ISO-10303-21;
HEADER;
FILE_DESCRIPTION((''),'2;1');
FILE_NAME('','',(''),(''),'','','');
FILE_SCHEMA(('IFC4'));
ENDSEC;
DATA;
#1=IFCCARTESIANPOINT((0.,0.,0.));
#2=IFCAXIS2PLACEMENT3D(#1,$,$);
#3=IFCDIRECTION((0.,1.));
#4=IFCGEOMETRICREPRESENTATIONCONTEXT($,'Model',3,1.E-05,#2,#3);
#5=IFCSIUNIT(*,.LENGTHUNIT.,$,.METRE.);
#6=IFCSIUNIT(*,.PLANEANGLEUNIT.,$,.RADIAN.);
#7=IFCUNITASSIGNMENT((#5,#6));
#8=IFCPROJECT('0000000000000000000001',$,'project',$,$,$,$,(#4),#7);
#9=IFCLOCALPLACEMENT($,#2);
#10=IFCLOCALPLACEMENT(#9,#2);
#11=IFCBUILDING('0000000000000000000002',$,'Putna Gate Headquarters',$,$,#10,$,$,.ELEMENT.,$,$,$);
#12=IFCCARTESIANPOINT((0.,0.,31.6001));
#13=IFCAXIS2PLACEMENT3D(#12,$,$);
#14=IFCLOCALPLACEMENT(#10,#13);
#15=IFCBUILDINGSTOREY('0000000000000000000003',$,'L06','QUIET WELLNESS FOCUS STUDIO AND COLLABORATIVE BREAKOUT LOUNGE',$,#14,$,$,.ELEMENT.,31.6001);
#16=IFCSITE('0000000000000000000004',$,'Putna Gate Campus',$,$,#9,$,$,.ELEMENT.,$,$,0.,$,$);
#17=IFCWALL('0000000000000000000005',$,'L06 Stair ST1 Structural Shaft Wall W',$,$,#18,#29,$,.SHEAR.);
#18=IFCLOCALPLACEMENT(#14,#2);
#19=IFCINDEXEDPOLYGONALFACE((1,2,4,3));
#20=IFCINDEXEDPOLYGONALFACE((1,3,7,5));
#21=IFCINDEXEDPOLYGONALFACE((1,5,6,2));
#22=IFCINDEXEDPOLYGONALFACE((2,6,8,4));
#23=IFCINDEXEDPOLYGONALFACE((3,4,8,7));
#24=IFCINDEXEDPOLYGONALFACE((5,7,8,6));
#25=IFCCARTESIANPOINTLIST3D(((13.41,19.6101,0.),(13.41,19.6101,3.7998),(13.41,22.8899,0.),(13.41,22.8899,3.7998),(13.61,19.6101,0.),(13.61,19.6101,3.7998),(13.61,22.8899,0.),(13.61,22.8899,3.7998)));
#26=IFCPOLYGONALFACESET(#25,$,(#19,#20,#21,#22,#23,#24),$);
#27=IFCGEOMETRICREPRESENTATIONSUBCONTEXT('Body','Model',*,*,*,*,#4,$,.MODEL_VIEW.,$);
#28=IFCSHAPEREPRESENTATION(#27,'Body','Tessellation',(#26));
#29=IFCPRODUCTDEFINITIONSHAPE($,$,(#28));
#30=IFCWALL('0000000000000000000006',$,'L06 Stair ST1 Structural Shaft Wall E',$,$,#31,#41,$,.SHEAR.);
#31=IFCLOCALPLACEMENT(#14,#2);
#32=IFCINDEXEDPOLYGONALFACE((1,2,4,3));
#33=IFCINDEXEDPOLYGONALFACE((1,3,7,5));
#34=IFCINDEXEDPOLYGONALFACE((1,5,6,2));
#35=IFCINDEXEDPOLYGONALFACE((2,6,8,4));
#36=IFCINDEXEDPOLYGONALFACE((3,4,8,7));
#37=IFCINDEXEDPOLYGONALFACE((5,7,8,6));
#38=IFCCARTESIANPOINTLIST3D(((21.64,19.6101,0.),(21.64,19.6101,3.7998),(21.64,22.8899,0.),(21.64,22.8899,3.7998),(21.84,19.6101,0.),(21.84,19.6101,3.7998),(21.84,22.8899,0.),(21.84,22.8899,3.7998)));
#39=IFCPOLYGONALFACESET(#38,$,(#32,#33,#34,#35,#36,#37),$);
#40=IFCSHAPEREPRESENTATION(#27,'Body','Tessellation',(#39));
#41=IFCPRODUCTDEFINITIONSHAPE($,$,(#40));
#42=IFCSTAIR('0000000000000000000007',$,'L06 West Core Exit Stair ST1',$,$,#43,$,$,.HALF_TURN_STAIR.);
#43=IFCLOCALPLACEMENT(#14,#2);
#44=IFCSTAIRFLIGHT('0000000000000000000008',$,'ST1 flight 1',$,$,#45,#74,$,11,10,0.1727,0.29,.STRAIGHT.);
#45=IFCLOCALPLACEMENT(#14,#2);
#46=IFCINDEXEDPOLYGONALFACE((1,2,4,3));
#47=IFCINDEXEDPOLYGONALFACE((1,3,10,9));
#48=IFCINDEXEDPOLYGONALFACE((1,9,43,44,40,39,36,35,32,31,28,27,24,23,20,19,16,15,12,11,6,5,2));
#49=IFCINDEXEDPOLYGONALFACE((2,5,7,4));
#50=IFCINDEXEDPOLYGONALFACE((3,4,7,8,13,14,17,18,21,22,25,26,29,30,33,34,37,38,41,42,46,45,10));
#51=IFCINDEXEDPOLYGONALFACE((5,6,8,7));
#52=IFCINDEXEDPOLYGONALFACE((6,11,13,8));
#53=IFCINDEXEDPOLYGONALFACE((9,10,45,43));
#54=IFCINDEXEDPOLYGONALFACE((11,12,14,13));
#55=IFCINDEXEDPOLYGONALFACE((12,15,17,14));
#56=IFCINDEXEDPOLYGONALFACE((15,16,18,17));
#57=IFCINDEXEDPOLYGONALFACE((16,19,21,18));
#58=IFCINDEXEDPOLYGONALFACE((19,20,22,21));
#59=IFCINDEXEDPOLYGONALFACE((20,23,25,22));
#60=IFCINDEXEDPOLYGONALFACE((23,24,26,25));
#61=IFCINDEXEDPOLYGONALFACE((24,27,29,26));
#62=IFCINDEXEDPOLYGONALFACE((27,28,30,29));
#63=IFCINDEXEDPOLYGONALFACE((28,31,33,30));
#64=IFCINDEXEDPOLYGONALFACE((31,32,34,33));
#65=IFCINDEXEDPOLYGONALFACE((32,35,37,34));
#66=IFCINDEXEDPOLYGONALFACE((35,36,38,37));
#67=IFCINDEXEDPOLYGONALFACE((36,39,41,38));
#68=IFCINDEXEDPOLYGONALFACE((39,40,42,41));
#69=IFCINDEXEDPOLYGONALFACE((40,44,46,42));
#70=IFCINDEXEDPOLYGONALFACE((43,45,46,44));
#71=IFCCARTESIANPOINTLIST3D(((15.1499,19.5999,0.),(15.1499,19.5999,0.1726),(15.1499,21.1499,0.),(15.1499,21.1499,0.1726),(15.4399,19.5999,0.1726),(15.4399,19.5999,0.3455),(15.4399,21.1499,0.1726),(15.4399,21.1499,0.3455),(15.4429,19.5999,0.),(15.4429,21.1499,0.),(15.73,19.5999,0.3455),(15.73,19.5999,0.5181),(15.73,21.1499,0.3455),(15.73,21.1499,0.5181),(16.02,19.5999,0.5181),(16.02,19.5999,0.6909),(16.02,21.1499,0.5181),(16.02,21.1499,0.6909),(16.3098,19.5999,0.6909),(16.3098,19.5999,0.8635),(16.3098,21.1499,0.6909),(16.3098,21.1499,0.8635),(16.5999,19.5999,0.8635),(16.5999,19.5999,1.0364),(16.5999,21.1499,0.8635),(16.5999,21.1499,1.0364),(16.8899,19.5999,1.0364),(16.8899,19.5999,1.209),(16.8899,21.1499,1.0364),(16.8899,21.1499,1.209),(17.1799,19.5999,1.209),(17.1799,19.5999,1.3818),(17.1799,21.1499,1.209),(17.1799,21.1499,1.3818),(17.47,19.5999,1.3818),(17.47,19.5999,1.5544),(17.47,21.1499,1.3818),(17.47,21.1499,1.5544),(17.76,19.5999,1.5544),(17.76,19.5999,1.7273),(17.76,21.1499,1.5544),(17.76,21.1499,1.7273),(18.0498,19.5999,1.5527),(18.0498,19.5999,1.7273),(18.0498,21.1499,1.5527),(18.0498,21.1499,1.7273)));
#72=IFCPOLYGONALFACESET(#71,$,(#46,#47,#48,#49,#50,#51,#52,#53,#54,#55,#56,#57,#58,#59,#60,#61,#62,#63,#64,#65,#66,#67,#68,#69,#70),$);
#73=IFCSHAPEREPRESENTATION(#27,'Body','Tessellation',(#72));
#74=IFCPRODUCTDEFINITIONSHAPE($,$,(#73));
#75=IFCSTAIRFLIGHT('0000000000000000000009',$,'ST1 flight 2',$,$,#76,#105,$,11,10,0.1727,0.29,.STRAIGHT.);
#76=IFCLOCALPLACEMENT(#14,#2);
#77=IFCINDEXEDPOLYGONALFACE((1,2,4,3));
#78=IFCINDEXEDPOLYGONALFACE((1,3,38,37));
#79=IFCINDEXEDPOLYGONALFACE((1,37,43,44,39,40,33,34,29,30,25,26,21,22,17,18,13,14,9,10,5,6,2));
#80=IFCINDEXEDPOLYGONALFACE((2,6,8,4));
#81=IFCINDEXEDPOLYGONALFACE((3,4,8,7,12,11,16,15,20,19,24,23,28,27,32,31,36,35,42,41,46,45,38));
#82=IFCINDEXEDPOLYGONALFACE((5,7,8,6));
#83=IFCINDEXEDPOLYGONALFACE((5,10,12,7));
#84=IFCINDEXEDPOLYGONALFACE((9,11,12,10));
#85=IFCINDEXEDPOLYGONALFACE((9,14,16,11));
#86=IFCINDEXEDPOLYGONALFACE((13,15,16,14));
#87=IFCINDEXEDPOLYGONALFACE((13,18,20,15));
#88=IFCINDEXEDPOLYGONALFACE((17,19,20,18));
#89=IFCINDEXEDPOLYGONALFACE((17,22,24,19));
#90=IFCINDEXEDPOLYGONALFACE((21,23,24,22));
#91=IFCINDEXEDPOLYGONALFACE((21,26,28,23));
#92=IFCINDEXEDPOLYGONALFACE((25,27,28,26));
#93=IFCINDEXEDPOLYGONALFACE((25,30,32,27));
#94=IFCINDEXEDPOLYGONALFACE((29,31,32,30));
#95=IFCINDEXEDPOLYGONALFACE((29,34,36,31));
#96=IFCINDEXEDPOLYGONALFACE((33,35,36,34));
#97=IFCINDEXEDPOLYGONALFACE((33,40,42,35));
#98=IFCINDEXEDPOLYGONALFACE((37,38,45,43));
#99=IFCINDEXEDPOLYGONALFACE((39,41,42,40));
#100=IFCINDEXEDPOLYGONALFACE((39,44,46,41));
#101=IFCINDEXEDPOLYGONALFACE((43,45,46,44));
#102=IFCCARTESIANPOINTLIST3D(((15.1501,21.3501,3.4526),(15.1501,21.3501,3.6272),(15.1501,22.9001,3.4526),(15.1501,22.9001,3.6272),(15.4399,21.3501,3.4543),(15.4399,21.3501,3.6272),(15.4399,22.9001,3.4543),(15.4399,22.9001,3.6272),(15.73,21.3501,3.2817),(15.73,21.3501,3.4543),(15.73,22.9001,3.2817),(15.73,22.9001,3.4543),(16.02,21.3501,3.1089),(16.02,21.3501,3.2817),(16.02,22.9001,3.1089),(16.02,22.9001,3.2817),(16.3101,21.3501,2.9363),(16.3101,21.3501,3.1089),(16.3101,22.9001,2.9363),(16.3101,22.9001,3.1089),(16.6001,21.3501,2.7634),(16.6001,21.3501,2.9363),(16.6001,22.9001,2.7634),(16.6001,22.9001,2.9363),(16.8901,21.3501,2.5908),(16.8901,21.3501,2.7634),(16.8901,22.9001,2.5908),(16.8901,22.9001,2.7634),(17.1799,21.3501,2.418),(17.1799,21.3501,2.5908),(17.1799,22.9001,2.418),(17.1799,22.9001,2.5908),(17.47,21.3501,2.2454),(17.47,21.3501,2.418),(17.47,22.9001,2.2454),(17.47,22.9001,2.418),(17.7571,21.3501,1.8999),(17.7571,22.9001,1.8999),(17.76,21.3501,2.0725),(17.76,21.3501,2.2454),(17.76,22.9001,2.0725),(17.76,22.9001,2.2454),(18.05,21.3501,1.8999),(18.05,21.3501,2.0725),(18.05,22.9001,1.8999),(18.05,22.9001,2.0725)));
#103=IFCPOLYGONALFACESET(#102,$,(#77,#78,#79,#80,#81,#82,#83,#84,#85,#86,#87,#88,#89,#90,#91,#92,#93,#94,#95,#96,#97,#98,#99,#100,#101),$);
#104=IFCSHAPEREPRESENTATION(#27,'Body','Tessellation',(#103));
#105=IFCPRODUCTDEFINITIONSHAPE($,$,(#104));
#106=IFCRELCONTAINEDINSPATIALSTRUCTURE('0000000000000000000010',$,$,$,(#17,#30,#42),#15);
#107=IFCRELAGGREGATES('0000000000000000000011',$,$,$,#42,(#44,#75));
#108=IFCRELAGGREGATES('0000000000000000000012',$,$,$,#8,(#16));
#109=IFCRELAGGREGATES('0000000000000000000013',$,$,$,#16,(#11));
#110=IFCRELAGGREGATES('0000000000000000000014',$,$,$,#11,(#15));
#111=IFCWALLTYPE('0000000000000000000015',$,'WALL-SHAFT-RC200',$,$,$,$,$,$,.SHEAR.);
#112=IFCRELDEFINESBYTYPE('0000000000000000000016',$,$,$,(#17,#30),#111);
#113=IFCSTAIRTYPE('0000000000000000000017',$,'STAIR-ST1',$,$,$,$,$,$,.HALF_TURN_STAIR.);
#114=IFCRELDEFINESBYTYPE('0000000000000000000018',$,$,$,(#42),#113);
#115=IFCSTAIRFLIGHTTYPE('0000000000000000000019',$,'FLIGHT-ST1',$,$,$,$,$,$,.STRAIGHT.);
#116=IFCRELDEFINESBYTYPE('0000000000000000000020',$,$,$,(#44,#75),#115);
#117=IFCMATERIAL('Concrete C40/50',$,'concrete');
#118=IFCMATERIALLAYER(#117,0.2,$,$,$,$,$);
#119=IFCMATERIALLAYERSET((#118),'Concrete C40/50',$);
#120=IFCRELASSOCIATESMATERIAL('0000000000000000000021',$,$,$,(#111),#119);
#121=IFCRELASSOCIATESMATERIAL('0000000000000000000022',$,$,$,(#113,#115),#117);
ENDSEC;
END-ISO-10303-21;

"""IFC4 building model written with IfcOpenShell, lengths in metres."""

from ifc_helpers import new_model, si_unit, direction, frame, frame_2d, origin, place, context, subcontext, project, spatial, polyline, rectangle, outline, extrude, material, layer, layer_set, type_object, element, aggregate, save


model = new_model("IFC4")

# Units and contexts
model_context = context("Model", 3, precision=1e-05, world=origin(), true_north=direction((0.0, 1.0)))
body_context = subcontext(model_context, "Body", "Model", "MODEL_VIEW")
ifc_project = project(units=[si_unit("LENGTHUNIT", "METRE"), si_unit("PLANEANGLEUNIT", "RADIAN")], contexts=[model_context])

# Site, building, storey
site_placement = place(None, origin())
site = spatial("IfcSite", under=ifc_project, at=site_placement, Name="Putna Gate Campus", CompositionType="ELEMENT", RefElevation=0.0)
building_placement = place(site_placement, origin())
building = spatial("IfcBuilding", under=site, at=building_placement, Name="Putna Gate Headquarters", CompositionType="ELEMENT")
storey_placement = place(building_placement, frame((0.0, 0.0, 31.6001)))
storey = spatial("IfcBuildingStorey", under=building, at=storey_placement, Name="L06", Description="QUIET WELLNESS FOCUS STUDIO AND COLLABORATIVE BREAKOUT LOUNGE", CompositionType="ELEMENT", Elevation=31.6001)

# Shared definitions
ifc_material_1 = material(Name="Concrete C40/50", Category="concrete")

# Walls
ifc_layer_1 = layer(ifc_material_1, 0.2)
ifc_layer_set_1 = layer_set([ifc_layer_1], Name="Concrete C40/50")
wall_type_1 = type_object("IfcWallType", Name="WALL-SHAFT-RC200", PredefinedType="SHEAR", material=ifc_layer_set_1)
for number, where, z_axis, x_axis, name in (
    (1, (13.51, 19.6101, 0.0), (0.0, 0.0, 1.0), (0.0, 1.0, 0.0), "L06 Stair ST1 Structural Shaft Wall W"),
    (2, (21.74, 19.6101, 0.0), (0.0, 0.0, 1.0), (0.0, 1.0, 0.0), "L06 Stair ST1 Structural Shaft Wall E"),
):
    element("IfcWall", number, at=place(storey_placement, frame(where, z_axis=z_axis, x_axis=x_axis)), inside=storey, type_object=wall_type_1, Name=name, PredefinedType="SHEAR", context=body_context, shape_type="SweptSolid", body=[
        extrude(rectangle(XDim=3.2798, YDim=0.2, at=frame_2d((1.6399, 0.0))), origin(), (0.0, 0.0, 1.0), 3.7998),
    ])

# Stair, stair flights
stair_type = type_object("IfcStairType", Name="STAIR-ST1", PredefinedType="HALF_TURN_STAIR", material=ifc_material_1)
stair_placement = place(storey_placement, origin())
stair = element("IfcStair", 3, at=stair_placement, inside=storey, type_object=stair_type, Name="L06 West Core Exit Stair ST1", PredefinedType="HALF_TURN_STAIR")
stair_flight_type = type_object("IfcStairFlightType", Name="FLIGHT-ST1", PredefinedType="STRAIGHT", material=ifc_material_1)
stair_flight_1_placement = place(storey_placement, frame((15.1499, 20.375, 0.0), z_axis=(0.0, 0.0, 1.0), x_axis=(1.0, 0.0, 0.0)))
stair_flight_1 = element("IfcStairFlight", 4, at=stair_flight_1_placement, type_object=stair_flight_type, Name="ST1 flight 1", NumberOfRisers=11, NumberOfTreads=10, PredefinedType="STRAIGHT", RiserHeight=0.1727, TreadLength=0.29, context=body_context, shape_type="SweptSolid", body=[
    extrude(outline(polyline([(0.0, 0.0), (0.0, 0.1726), (0.29, 0.1726), (0.29, 0.3455), (0.5801, 0.3455), (0.5801, 0.5181), (0.8701, 0.5181), (0.8701, 0.6909), (1.1599, 0.6909), (1.1599, 0.8635), (1.45, 0.8635), (1.45, 1.0364), (1.74, 1.0364), (1.74, 1.209), (2.03, 1.209), (2.03, 1.3818), (2.3201, 1.3818), (2.3201, 1.5544), (2.6101, 1.5544), (2.6101, 1.7273), (2.8999, 1.7273), (2.8999, 1.8999), (2.8999, 1.5527), (0.293, 0.0), (0.0, 0.0)])), frame((0.0, 0.7749, 0.0), z_axis=(0.0, -1.0, 0.0), x_axis=(1.0, 0.0, 0.0)), (0.0, 0.0, 1.0), 1.55),
])
stair_flight_2_placement = place(storey_placement, frame((18.05, 22.125, 1.8999), z_axis=(0.0, 0.0, 1.0), x_axis=(-1.0, 0.0, 0.0)))
stair_flight_2 = element("IfcStairFlight", 5, at=stair_flight_2_placement, type_object=stair_flight_type, Name="ST1 flight 2", NumberOfRisers=11, NumberOfTreads=10, PredefinedType="STRAIGHT", RiserHeight=0.1727, TreadLength=0.29, context=body_context, shape_type="SweptSolid", body=[
    extrude(outline(polyline([(0.0, 0.0), (0.0, 0.1726), (0.29, 0.1726), (0.29, 0.3455), (0.5801, 0.3455), (0.5801, 0.5181), (0.8701, 0.5181), (0.8701, 0.6909), (1.1599, 0.6909), (1.1599, 0.8635), (1.45, 0.8635), (1.45, 1.0364), (1.74, 1.0364), (1.74, 1.209), (2.03, 1.209), (2.03, 1.3818), (2.3201, 1.3818), (2.3201, 1.5544), (2.6101, 1.5544), (2.6101, 1.7273), (2.8999, 1.7273), (2.8999, 1.8999), (2.8999, 1.5527), (0.293, 0.0), (0.0, 0.0)])), frame((0.0, 0.7749, 0.0), z_axis=(0.0, -1.0, 0.0), x_axis=(1.0, 0.0, 0.0)), (0.0, 0.0, 1.0), 1.55),
])
aggregate(stair, [stair_flight_1, stair_flight_2])

save(model, "model.ifc")
